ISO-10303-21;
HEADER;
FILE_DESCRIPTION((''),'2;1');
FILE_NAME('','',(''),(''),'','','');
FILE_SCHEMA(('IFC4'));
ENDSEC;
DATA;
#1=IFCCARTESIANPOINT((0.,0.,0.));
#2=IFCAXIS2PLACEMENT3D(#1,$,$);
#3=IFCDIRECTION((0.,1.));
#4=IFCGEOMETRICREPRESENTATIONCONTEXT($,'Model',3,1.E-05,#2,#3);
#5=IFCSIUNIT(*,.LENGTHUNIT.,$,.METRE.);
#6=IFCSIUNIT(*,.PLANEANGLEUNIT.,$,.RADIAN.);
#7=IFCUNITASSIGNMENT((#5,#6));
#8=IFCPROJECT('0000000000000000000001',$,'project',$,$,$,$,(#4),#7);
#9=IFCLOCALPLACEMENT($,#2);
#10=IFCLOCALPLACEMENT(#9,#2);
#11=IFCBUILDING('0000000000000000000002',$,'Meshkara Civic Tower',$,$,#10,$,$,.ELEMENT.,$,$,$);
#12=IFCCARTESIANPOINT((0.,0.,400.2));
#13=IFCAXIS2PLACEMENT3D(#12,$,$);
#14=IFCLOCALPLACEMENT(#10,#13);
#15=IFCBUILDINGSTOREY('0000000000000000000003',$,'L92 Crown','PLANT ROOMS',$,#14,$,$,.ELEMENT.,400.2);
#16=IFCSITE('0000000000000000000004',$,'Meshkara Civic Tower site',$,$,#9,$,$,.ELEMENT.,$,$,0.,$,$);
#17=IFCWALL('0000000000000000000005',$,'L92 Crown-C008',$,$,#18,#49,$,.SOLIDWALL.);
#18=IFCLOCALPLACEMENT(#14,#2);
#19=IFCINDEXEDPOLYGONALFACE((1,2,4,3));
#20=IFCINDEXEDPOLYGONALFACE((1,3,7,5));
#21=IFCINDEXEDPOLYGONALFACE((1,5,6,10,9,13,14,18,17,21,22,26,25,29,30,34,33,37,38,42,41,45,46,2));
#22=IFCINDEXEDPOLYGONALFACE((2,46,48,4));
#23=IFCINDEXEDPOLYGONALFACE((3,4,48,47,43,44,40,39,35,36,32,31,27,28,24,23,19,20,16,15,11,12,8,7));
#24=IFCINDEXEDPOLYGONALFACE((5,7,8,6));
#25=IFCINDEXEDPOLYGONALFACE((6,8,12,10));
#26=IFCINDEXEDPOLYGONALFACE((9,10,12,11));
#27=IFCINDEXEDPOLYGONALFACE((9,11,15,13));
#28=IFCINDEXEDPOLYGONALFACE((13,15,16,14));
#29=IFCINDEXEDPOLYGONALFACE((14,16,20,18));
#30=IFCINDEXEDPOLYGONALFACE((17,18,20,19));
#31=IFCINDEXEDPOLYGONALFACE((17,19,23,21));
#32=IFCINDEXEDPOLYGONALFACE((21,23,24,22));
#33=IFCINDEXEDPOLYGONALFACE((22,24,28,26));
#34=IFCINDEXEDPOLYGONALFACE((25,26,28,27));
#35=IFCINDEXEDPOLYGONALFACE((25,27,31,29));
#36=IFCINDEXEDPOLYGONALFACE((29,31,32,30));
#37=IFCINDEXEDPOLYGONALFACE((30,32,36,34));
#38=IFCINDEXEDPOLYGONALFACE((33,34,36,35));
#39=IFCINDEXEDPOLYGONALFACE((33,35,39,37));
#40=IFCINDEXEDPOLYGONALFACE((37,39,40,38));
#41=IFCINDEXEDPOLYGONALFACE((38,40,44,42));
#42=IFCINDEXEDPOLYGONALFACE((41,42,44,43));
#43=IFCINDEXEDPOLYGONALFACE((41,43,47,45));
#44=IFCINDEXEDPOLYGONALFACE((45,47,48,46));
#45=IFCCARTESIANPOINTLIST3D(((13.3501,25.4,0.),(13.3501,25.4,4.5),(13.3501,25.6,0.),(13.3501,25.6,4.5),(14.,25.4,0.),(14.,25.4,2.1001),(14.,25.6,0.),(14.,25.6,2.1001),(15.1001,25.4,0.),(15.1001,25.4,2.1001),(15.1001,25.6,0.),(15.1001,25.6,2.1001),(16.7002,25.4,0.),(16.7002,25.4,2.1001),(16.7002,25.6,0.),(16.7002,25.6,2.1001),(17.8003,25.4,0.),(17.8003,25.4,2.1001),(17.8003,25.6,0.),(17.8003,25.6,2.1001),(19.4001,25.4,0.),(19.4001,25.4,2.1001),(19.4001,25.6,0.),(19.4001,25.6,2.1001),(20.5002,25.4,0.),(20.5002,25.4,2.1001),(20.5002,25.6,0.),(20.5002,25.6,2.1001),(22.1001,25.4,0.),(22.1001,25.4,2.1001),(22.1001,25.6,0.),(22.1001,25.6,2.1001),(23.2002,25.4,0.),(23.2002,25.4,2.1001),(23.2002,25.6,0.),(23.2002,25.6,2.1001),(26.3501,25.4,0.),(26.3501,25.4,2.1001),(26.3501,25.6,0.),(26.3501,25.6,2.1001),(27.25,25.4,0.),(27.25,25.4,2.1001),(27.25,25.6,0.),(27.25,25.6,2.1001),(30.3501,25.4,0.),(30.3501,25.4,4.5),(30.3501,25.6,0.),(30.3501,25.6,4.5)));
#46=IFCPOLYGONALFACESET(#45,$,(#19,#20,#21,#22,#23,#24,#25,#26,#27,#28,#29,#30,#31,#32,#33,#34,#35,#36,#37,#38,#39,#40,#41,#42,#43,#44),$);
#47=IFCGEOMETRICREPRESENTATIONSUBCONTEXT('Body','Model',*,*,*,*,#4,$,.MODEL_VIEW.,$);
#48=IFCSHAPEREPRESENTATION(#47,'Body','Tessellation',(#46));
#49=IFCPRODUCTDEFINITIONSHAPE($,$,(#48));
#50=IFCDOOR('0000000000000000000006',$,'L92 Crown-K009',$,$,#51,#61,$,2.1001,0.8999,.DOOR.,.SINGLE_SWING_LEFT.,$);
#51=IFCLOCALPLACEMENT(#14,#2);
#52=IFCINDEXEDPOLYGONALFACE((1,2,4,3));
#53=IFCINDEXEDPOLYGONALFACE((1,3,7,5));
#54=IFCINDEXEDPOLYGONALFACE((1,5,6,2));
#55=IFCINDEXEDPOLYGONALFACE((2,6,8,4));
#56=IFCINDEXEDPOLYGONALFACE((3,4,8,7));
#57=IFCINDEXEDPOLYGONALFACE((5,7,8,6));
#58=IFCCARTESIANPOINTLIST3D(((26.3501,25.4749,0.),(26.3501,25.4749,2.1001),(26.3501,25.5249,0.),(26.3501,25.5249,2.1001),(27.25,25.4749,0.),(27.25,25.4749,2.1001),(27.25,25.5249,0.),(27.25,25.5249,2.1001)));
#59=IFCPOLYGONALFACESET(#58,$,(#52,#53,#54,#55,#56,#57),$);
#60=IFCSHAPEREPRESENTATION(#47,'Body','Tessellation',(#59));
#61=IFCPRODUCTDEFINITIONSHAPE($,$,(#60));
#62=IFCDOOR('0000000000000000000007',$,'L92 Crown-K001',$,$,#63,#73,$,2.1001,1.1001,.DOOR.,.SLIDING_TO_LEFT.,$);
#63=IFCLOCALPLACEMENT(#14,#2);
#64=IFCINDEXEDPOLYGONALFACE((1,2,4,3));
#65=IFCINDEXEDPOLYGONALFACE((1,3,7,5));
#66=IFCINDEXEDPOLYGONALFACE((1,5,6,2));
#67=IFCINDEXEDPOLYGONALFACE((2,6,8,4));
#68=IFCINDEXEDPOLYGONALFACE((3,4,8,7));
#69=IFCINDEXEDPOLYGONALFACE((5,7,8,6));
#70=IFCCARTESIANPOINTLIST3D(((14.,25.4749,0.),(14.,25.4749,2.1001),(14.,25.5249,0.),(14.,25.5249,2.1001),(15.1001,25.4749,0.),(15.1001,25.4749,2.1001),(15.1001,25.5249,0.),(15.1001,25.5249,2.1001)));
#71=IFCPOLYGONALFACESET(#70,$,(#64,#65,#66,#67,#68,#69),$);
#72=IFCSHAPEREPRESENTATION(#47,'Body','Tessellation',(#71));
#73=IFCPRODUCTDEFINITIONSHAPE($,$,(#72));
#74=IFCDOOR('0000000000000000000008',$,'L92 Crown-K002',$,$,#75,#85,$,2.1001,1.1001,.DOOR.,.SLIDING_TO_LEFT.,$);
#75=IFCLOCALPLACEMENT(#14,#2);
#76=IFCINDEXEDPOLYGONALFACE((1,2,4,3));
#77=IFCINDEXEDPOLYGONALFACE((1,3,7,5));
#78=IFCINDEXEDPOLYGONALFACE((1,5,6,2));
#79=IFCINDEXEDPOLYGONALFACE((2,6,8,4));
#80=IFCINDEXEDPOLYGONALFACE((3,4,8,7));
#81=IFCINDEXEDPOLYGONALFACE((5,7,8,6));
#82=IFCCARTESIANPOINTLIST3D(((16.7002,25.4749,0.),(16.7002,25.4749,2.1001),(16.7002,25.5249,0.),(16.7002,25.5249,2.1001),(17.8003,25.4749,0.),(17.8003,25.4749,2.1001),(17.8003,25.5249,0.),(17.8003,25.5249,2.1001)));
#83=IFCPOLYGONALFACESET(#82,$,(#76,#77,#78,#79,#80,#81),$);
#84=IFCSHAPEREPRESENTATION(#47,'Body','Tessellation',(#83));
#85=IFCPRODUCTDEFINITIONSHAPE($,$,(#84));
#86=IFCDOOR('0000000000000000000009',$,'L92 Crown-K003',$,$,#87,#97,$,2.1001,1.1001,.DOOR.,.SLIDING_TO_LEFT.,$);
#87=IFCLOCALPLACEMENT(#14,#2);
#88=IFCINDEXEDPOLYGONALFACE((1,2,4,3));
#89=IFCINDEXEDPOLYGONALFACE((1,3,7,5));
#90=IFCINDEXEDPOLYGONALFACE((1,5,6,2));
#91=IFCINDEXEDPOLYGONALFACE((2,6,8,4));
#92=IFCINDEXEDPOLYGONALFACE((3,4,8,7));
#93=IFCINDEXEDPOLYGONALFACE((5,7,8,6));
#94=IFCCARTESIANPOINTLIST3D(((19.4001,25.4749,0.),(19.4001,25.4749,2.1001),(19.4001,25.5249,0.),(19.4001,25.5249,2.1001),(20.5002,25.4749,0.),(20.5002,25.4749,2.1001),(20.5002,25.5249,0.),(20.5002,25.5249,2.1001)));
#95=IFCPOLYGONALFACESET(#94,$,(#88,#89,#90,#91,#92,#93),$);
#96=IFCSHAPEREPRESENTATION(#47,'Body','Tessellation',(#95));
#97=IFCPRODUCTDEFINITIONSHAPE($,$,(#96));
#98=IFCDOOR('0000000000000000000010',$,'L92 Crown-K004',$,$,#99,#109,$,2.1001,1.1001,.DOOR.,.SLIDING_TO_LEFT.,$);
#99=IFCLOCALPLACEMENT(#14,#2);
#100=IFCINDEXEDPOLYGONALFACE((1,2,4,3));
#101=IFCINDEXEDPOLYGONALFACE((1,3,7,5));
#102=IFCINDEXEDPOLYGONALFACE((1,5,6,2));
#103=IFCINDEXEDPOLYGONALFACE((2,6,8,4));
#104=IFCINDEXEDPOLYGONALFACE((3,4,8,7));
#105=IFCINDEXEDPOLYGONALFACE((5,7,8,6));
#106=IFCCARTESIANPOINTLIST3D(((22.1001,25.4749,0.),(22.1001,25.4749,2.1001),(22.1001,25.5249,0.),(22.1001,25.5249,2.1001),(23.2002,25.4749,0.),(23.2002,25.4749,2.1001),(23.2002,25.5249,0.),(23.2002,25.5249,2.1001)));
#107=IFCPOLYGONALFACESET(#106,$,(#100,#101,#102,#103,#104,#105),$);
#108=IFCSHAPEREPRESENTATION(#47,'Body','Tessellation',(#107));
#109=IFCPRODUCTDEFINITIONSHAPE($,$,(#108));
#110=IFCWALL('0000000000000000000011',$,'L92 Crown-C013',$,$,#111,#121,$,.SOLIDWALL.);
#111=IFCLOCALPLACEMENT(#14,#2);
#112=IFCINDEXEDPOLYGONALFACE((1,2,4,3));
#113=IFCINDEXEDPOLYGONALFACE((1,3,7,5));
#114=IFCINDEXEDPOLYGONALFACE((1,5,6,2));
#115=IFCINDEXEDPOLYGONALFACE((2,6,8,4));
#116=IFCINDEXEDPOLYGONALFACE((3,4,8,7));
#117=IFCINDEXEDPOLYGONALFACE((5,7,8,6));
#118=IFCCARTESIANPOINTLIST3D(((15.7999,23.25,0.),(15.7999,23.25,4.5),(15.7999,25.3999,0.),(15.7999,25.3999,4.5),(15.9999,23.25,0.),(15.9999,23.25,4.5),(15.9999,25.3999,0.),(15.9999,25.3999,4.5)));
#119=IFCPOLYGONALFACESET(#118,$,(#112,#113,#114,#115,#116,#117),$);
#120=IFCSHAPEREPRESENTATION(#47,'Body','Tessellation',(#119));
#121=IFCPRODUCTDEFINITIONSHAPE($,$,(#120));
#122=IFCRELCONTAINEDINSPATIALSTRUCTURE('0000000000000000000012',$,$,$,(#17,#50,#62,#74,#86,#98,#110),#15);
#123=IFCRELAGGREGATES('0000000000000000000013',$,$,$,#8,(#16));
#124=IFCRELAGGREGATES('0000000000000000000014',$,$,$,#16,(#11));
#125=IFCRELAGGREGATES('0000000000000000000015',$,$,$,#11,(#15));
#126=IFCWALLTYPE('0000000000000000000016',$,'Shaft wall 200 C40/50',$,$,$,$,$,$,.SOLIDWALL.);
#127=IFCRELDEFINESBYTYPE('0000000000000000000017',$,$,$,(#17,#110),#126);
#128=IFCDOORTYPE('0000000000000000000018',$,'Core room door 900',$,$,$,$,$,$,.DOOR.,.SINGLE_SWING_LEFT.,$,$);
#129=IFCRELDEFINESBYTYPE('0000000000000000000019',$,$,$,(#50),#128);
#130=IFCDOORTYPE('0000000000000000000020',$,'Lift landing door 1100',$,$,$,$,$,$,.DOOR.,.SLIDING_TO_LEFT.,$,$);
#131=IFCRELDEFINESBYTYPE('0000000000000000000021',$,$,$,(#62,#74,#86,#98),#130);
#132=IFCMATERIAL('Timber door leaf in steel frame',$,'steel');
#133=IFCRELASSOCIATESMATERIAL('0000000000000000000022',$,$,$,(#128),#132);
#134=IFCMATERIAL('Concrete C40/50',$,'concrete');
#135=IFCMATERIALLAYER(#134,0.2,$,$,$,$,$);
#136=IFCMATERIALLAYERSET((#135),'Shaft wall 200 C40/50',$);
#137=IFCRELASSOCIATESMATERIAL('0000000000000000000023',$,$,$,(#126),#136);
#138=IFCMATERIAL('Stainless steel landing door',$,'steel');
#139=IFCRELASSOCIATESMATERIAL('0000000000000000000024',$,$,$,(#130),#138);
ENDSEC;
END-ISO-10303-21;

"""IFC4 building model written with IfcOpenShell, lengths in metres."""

from ifc_helpers import new_model, si_unit, direction, frame, frame_2d, origin, place, context, subcontext, project, spatial, rectangle, extrude, material, layer, layer_set, type_object, element, fill, save


model = new_model("IFC4")

# Units and contexts
model_context = context("Model", 3, precision=1e-05, world=origin(), true_north=direction((0.0, 1.0)))
body_context = subcontext(model_context, "Body", "Model", "MODEL_VIEW")
ifc_project = project(units=[si_unit("LENGTHUNIT", "METRE"), si_unit("PLANEANGLEUNIT", "RADIAN")], contexts=[model_context])

# Site, building, storey
site_placement = place(None, origin())
site = spatial("IfcSite", under=ifc_project, at=site_placement, Name="Meshkara Civic Tower site", CompositionType="ELEMENT", RefElevation=0.0)
building_placement = place(site_placement, origin())
building = spatial("IfcBuilding", under=site, at=building_placement, Name="Meshkara Civic Tower", CompositionType="ELEMENT")
storey_placement = place(building_placement, frame((0.0, 0.0, 400.2)))
storey = spatial("IfcBuildingStorey", under=building, at=storey_placement, Name="L92 Crown", Description="PLANT ROOMS", CompositionType="ELEMENT", Elevation=400.2)

# Shared definitions
ifc_material_1 = material(Name="Timber door leaf in steel frame", Category="steel")
door_type_1 = type_object("IfcDoorType", Name="Core room door 900", OperationType="SINGLE_SWING_LEFT", PredefinedType="DOOR", material=ifc_material_1)

# Wall, openings, doors
ifc_material_2 = material(Name="Concrete C40/50", Category="concrete")
ifc_layer_1 = layer(ifc_material_2, 0.2)
ifc_layer_set_1 = layer_set([ifc_layer_1], Name="Shaft wall 200 C40/50")
wall_type_1 = type_object("IfcWallType", Name="Shaft wall 200 C40/50", PredefinedType="SOLIDWALL", material=ifc_layer_set_1)
wall_1_placement = place(storey_placement, frame((13.3501, 25.5, 0.0), z_axis=(0.0, 0.0, 1.0), x_axis=(1.0, 0.0, 0.0)))
wall_1 = element("IfcWall", 1, at=wall_1_placement, inside=storey, type_object=wall_type_1, Name="L92 Crown-C008", PredefinedType="SOLIDWALL", context=body_context, shape_type="SweptSolid", body=[
    extrude(rectangle(XDim=17.0, YDim=0.2, at=frame_2d((8.5, 0.0))), origin(), (0.0, 0.0, 1.0), 4.5),
])
opening_1_placement = place(wall_1_placement, frame((0.6499, 0.0, 0.0)))
opening_1 = element("IfcOpeningElement", 2, at=opening_1_placement, cuts=wall_1, PredefinedType="OPENING", context=body_context, shape_type="SweptSolid", body=[
    extrude(rectangle(XDim=1.1001, YDim=2.1001, at=frame_2d((0.55, 1.05))), frame((0.0, 0.1099, 0.0), z_axis=(0.0, -1.0, 0.0), x_axis=(1.0, 0.0, 0.0)), (0.0, 0.0, 1.0), 0.22),
])
opening_2_placement = place(wall_1_placement, frame((3.3501, 0.0, 0.0)))
opening_2 = element("IfcOpeningElement", 3, at=opening_2_placement, cuts=wall_1, PredefinedType="OPENING", context=body_context, shape_type="SweptSolid", body=[
    extrude(rectangle(XDim=1.1001, YDim=2.1001, at=frame_2d((0.55, 1.05))), frame((0.0, 0.1099, 0.0), z_axis=(0.0, -1.0, 0.0), x_axis=(1.0, 0.0, 0.0)), (0.0, 0.0, 1.0), 0.22),
])
opening_3_placement = place(wall_1_placement, frame((6.05, 0.0, 0.0)))
opening_3 = element("IfcOpeningElement", 4, at=opening_3_placement, cuts=wall_1, PredefinedType="OPENING", context=body_context, shape_type="SweptSolid", body=[
    extrude(rectangle(XDim=1.1001, YDim=2.1001, at=frame_2d((0.55, 1.05))), frame((0.0, 0.1099, 0.0), z_axis=(0.0, -1.0, 0.0), x_axis=(1.0, 0.0, 0.0)), (0.0, 0.0, 1.0), 0.22),
])
opening_4_placement = place(wall_1_placement, frame((8.75, 0.0, 0.0)))
opening_4 = element("IfcOpeningElement", 5, at=opening_4_placement, cuts=wall_1, PredefinedType="OPENING", context=body_context, shape_type="SweptSolid", body=[
    extrude(rectangle(XDim=1.1001, YDim=2.1001, at=frame_2d((0.55, 1.05))), frame((0.0, 0.1099, 0.0), z_axis=(0.0, -1.0, 0.0), x_axis=(1.0, 0.0, 0.0)), (0.0, 0.0, 1.0), 0.22),
])
opening_5_placement = place(wall_1_placement, frame((13.0, 0.0, 0.0)))
opening_5 = element("IfcOpeningElement", 6, at=opening_5_placement, cuts=wall_1, PredefinedType="OPENING", context=body_context, shape_type="SweptSolid", body=[
    extrude(rectangle(XDim=0.8999, YDim=2.1001, at=frame_2d((0.45, 1.05))), frame((0.0, 0.1099, 0.0), z_axis=(0.0, -1.0, 0.0), x_axis=(1.0, 0.0, 0.0)), (0.0, 0.0, 1.0), 0.22),
])
door_1_placement = place(opening_5_placement, origin())
door_1 = element("IfcDoor", 7, at=door_1_placement, inside=storey, type_object=door_type_1, Name="L92 Crown-K009", OperationType="SINGLE_SWING_LEFT", OverallHeight=2.1001, OverallWidth=0.8999, PredefinedType="DOOR", context=body_context, shape_type="SweptSolid", body=[
    extrude(rectangle(XDim=0.8999, YDim=2.1001, at=frame_2d((0.45, 1.05))), frame((0.0, 0.0249, 0.0), z_axis=(0.0, -1.0, 0.0), x_axis=(1.0, 0.0, 0.0)), (0.0, 0.0, 1.0), 0.05),
])
fill(opening_5, door_1)
ifc_material_3 = material(Name="Stainless steel landing door", Category="steel")
door_type_2 = type_object("IfcDoorType", Name="Lift landing door 1100", OperationType="SLIDING_TO_LEFT", PredefinedType="DOOR", material=ifc_material_3)
door_2_placement = place(opening_1_placement, origin())
door_2 = element("IfcDoor", 8, at=door_2_placement, inside=storey, type_object=door_type_2, Name="L92 Crown-K001", OperationType="SLIDING_TO_LEFT", OverallHeight=2.1001, OverallWidth=1.1001, PredefinedType="DOOR", context=body_context, shape_type="SweptSolid", body=[
    extrude(rectangle(XDim=1.1001, YDim=2.1001, at=frame_2d((0.55, 1.05))), frame((0.0, 0.0249, 0.0), z_axis=(0.0, -1.0, 0.0), x_axis=(1.0, 0.0, 0.0)), (0.0, 0.0, 1.0), 0.05),
])
fill(opening_1, door_2)
door_3_placement = place(opening_2_placement, origin())
door_3 = element("IfcDoor", 9, at=door_3_placement, inside=storey, type_object=door_type_2, Name="L92 Crown-K002", OperationType="SLIDING_TO_LEFT", OverallHeight=2.1001, OverallWidth=1.1001, PredefinedType="DOOR", context=body_context, shape_type="SweptSolid", body=[
    extrude(rectangle(XDim=1.1001, YDim=2.1001, at=frame_2d((0.55, 1.05))), frame((0.0, 0.0249, 0.0), z_axis=(0.0, -1.0, 0.0), x_axis=(1.0, 0.0, 0.0)), (0.0, 0.0, 1.0), 0.05),
])
fill(opening_2, door_3)
door_4_placement = place(opening_3_placement, origin())
door_4 = element("IfcDoor", 10, at=door_4_placement, inside=storey, type_object=door_type_2, Name="L92 Crown-K003", OperationType="SLIDING_TO_LEFT", OverallHeight=2.1001, OverallWidth=1.1001, PredefinedType="DOOR", context=body_context, shape_type="SweptSolid", body=[
    extrude(rectangle(XDim=1.1001, YDim=2.1001, at=frame_2d((0.55, 1.05))), frame((0.0, 0.0249, 0.0), z_axis=(0.0, -1.0, 0.0), x_axis=(1.0, 0.0, 0.0)), (0.0, 0.0, 1.0), 0.05),
])
fill(opening_3, door_4)
door_5_placement = place(opening_4_placement, origin())
door_5 = element("IfcDoor", 11, at=door_5_placement, inside=storey, type_object=door_type_2, Name="L92 Crown-K004", OperationType="SLIDING_TO_LEFT", OverallHeight=2.1001, OverallWidth=1.1001, PredefinedType="DOOR", context=body_context, shape_type="SweptSolid", body=[
    extrude(rectangle(XDim=1.1001, YDim=2.1001, at=frame_2d((0.55, 1.05))), frame((0.0, 0.0249, 0.0), z_axis=(0.0, -1.0, 0.0), x_axis=(1.0, 0.0, 0.0)), (0.0, 0.0, 1.0), 0.05),
])
fill(opening_4, door_5)

# Wall
wall_2_placement = place(storey_placement, frame((15.8999, 23.25, 0.0), z_axis=(0.0, 0.0, 1.0), x_axis=(0.0, 1.0, 0.0)))
element("IfcWall", 12, at=wall_2_placement, inside=storey, type_object=wall_type_1, Name="L92 Crown-C013", PredefinedType="SOLIDWALL", context=body_context, shape_type="SweptSolid", body=[
    extrude(rectangle(XDim=2.1499, YDim=0.2, at=frame_2d((1.075, 0.0))), origin(), (0.0, 0.0, 1.0), 4.5),
])

save(model, "model.ifc")
